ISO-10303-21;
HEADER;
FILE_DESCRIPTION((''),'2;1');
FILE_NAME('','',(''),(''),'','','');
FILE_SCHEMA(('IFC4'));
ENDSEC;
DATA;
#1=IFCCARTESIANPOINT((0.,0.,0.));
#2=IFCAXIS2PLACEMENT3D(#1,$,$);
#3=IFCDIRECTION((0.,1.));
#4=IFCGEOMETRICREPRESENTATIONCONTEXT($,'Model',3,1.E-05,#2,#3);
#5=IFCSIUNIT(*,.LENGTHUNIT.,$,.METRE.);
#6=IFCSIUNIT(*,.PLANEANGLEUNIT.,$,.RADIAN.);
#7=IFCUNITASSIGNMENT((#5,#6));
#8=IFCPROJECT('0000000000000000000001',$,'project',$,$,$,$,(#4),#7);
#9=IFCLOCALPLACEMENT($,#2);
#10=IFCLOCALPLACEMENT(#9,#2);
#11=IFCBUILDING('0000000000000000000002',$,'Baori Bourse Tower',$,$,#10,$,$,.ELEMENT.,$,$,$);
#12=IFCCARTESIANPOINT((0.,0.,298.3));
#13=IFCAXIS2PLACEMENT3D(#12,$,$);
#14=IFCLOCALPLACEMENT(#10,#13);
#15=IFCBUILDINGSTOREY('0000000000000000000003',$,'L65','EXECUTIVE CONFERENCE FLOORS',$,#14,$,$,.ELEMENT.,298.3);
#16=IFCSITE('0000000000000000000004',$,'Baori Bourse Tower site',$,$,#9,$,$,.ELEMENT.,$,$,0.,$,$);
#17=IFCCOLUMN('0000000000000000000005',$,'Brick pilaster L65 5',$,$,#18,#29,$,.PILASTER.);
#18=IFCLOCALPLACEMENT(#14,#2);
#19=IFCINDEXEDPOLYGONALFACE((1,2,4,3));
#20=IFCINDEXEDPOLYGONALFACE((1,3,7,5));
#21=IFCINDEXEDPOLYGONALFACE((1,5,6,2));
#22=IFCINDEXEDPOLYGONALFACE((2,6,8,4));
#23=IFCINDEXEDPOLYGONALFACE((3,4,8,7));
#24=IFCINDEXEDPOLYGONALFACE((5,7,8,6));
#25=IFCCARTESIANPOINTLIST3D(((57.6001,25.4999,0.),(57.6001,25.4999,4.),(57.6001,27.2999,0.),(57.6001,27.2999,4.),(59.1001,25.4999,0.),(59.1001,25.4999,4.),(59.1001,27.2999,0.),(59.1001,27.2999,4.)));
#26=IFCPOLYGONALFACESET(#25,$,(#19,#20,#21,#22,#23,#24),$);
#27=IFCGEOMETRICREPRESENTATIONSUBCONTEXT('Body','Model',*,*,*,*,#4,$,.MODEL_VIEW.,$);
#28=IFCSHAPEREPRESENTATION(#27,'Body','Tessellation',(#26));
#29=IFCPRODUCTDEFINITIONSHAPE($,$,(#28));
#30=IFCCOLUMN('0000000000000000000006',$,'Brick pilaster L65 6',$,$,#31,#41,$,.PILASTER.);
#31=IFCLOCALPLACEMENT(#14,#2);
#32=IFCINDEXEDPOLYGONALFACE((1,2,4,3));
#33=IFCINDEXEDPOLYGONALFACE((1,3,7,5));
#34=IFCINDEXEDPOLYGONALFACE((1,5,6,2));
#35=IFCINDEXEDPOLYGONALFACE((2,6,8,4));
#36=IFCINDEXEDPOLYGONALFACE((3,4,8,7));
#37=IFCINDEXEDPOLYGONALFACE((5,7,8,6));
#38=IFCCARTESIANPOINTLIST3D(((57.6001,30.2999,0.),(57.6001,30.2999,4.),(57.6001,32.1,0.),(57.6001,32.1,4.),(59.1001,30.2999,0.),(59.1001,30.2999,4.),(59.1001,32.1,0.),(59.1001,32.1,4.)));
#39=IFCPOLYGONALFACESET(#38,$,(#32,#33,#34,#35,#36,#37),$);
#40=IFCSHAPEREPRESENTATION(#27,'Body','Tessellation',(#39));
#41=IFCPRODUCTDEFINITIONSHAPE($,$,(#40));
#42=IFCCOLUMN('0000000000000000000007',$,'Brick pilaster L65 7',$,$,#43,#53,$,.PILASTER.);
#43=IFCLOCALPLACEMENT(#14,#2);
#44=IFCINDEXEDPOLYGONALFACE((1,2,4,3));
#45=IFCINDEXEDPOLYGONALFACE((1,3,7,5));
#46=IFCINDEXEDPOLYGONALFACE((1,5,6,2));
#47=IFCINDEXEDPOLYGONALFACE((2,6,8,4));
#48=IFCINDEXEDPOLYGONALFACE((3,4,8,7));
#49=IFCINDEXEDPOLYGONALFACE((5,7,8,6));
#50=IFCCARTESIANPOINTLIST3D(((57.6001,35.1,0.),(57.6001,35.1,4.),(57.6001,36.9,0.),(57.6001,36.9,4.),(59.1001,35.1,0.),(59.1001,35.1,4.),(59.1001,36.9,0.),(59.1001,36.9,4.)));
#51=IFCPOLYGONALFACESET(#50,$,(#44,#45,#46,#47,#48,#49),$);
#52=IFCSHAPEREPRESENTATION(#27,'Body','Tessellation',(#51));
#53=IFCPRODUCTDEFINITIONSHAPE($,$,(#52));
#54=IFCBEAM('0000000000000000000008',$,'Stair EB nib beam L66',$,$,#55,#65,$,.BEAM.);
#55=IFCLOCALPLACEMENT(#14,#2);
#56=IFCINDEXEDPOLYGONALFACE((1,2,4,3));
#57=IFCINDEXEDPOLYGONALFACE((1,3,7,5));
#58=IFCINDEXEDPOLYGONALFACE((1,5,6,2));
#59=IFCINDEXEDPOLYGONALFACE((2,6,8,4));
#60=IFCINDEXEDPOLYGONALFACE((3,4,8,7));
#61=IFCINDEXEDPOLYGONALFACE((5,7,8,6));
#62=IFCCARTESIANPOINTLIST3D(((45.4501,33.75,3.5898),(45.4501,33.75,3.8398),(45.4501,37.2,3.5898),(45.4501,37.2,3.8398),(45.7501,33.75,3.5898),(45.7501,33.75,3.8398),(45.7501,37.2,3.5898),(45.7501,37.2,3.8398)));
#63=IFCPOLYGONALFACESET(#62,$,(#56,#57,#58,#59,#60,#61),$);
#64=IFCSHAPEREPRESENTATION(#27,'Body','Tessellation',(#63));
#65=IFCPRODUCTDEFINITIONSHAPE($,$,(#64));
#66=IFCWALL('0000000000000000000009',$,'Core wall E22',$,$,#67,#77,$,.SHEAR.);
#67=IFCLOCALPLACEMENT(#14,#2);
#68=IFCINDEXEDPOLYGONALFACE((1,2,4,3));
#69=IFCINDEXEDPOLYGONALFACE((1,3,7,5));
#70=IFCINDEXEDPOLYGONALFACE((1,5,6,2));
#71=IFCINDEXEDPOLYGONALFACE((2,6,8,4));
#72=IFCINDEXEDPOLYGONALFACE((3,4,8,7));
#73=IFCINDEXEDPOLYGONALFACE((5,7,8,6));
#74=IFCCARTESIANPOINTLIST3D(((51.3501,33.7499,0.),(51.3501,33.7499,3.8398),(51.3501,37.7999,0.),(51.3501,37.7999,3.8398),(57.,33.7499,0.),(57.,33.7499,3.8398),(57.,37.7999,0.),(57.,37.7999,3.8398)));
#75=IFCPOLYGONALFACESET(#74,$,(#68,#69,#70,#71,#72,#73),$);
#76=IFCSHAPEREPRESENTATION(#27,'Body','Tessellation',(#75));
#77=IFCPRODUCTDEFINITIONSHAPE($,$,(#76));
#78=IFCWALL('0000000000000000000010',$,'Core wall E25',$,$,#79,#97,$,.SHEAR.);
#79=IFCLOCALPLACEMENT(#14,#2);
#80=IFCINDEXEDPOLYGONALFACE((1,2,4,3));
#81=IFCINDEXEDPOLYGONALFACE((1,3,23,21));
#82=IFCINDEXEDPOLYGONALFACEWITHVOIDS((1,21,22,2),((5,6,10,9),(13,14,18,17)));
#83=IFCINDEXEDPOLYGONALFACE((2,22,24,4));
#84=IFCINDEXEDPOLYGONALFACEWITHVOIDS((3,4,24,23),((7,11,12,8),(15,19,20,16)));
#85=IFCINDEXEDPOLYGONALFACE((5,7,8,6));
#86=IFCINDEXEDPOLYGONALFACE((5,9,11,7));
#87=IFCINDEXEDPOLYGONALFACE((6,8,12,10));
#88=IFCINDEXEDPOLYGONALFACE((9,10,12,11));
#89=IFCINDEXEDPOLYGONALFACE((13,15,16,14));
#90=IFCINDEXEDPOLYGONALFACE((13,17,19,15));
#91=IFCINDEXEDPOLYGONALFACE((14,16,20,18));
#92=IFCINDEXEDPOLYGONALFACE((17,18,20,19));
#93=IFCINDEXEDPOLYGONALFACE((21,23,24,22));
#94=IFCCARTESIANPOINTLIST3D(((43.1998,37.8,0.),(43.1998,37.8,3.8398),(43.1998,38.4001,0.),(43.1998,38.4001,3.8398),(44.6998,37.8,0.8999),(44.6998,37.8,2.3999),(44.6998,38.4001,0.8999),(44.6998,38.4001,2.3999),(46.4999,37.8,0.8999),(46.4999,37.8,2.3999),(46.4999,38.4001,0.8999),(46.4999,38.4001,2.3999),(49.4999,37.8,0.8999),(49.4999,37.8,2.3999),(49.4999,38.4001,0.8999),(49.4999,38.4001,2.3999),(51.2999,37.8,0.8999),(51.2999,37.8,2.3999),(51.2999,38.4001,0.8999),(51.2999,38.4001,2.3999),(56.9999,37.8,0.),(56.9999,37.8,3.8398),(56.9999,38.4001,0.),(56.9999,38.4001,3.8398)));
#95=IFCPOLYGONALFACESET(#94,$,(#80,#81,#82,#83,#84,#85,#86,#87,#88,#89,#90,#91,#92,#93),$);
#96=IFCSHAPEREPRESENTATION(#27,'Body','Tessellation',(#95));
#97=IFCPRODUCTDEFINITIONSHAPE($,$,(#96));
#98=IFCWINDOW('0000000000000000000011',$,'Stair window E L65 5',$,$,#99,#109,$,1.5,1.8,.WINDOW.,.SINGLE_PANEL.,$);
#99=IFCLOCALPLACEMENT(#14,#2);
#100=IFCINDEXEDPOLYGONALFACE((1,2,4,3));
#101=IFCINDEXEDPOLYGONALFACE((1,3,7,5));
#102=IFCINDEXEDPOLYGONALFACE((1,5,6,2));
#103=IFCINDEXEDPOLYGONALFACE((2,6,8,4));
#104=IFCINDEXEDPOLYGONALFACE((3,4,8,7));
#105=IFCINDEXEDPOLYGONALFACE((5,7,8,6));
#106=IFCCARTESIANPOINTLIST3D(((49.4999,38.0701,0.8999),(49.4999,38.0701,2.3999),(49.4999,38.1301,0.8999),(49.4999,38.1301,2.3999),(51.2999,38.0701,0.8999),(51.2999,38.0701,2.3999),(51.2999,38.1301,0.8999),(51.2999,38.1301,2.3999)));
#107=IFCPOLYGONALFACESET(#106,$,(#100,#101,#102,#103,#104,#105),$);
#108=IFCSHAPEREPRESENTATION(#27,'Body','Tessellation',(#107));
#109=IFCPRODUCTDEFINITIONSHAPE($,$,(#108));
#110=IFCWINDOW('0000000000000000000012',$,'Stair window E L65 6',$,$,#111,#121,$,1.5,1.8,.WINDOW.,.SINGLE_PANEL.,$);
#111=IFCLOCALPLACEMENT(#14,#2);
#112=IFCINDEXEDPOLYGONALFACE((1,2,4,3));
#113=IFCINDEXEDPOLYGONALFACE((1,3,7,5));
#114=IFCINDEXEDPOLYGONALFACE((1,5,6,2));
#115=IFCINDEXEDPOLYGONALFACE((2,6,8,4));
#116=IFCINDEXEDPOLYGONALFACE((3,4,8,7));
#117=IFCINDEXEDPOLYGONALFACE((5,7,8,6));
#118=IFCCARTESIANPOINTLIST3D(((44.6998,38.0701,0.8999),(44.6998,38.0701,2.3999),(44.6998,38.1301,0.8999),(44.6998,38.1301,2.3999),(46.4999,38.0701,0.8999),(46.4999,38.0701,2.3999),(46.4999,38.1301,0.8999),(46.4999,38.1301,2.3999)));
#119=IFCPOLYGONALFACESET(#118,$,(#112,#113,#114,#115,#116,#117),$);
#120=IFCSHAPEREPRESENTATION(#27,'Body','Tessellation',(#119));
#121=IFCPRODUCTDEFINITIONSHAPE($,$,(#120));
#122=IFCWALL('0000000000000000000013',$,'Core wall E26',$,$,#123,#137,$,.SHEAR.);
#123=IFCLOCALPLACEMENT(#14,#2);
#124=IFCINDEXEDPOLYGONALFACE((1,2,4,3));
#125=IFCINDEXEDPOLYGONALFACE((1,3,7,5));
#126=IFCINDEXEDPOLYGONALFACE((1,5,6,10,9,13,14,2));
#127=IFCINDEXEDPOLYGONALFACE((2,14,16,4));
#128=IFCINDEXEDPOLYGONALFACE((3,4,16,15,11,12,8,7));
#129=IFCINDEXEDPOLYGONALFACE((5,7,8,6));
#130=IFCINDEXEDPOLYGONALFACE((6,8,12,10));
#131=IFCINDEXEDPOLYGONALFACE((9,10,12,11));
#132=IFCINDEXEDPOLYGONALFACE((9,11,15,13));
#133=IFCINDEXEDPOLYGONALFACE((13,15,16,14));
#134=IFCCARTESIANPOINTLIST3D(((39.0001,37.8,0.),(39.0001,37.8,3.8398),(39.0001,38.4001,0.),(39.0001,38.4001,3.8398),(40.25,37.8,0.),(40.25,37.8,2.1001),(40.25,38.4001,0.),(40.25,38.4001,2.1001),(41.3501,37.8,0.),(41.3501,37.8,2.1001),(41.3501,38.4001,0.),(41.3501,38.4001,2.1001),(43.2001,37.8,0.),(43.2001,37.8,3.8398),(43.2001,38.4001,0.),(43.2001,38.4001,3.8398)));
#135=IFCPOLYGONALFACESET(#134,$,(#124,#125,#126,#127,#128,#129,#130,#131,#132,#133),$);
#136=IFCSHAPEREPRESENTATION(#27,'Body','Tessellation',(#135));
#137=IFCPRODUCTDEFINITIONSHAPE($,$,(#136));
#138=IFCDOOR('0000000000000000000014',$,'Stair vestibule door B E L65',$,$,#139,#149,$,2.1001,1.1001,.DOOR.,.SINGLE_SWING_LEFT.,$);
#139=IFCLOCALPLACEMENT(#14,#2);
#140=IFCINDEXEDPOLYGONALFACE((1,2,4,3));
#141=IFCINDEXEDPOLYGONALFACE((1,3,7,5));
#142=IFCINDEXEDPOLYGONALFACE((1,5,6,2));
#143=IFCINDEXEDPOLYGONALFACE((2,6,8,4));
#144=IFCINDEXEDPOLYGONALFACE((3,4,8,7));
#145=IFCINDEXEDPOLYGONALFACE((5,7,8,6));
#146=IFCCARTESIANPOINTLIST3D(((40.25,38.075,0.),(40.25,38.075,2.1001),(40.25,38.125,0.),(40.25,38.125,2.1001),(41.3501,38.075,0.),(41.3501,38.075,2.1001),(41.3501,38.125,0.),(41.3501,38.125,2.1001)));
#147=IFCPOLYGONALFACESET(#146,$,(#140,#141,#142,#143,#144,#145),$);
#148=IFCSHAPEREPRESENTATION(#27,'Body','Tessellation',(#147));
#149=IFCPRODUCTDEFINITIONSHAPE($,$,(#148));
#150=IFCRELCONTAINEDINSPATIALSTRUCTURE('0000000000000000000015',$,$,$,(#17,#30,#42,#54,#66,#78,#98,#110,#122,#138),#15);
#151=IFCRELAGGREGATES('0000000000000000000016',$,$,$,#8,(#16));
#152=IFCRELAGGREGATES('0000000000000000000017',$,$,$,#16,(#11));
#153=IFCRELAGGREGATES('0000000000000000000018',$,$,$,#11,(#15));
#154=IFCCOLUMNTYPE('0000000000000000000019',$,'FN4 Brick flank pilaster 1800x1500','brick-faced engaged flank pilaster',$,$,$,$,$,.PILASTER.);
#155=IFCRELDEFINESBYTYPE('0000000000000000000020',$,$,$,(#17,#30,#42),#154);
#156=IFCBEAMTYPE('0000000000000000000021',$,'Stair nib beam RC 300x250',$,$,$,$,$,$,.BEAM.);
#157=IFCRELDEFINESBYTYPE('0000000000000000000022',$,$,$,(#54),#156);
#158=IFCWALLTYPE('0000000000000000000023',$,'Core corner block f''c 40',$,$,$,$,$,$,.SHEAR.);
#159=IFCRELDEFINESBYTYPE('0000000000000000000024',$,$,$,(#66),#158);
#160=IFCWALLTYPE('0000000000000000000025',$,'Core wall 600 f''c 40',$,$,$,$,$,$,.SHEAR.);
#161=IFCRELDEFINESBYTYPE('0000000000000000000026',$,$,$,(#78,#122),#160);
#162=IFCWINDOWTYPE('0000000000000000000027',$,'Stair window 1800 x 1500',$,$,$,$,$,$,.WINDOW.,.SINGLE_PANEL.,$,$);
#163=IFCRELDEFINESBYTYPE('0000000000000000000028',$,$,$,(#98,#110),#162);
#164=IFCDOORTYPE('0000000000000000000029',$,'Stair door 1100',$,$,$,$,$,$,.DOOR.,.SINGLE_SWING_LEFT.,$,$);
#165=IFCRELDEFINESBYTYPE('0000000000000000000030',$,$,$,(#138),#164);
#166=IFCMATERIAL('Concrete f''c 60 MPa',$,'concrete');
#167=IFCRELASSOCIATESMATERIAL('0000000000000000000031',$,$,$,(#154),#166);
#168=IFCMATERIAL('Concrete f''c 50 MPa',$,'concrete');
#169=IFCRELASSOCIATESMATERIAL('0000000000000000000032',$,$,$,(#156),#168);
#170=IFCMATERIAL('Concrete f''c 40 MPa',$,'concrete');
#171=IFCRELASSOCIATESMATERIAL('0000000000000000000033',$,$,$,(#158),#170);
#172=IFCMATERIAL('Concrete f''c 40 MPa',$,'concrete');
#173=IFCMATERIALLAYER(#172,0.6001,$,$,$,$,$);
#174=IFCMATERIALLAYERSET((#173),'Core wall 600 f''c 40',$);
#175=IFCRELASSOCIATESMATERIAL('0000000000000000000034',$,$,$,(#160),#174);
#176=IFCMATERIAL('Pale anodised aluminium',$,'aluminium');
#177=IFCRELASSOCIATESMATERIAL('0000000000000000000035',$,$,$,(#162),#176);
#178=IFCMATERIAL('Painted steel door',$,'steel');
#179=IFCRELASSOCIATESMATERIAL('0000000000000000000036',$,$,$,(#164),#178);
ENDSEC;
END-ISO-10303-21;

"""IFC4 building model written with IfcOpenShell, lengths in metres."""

from ifc_helpers import new_model, si_unit, direction, frame, frame_2d, origin, origin_2d, place, context, subcontext, project, spatial, rectangle, extrude, material, layer, layer_set, material_profile, profile_set, type_object, element, fill, save


model = new_model("IFC4")

# Units and contexts
model_context = context("Model", 3, precision=1e-05, world=origin(), true_north=direction((0.0, 1.0)))
body_context = subcontext(model_context, "Body", "Model", "MODEL_VIEW")
ifc_project = project(units=[si_unit("LENGTHUNIT", "METRE"), si_unit("PLANEANGLEUNIT", "RADIAN")], contexts=[model_context])

# Site, building, storey
site_placement = place(None, origin())
site = spatial("IfcSite", under=ifc_project, at=site_placement, Name="Baori Bourse Tower site", CompositionType="ELEMENT", RefElevation=0.0)
building_placement = place(site_placement, origin())
building = spatial("IfcBuilding", under=site, at=building_placement, Name="Baori Bourse Tower", CompositionType="ELEMENT")
storey_placement = place(building_placement, frame((0.0, 0.0, 298.3)))
storey = spatial("IfcBuildingStorey", under=building, at=storey_placement, Name="L65", Description="EXECUTIVE CONFERENCE FLOORS", CompositionType="ELEMENT", Elevation=298.3)

# Columns
ifc_material_1 = material(Name="Concrete f'c 60 MPa", Category="concrete")
ifc_material_profile_1 = material_profile(ifc_material_1, rectangle(XDim=1.8, YDim=1.5, at=origin_2d()), Name="RC 1800x1500")
ifc_profile_set_1 = profile_set([ifc_material_profile_1], Name="Concrete f'c 60 MPa")
column_type = type_object("IfcColumnType", Name="FN4 Brick flank pilaster 1800x1500", Description="brick-faced engaged flank pilaster", PredefinedType="PILASTER", material=ifc_profile_set_1)
for number, where, z_axis, x_axis, name in (
    (1, (58.3501, 26.3999, 0.0), (0.0, 0.0, 1.0), (0.0, 1.0, 0.0), "Brick pilaster L65 5"),
    (2, (58.3501, 31.2, 0.0), (0.0, 0.0, 1.0), (0.0, 1.0, 0.0), "Brick pilaster L65 6"),
    (3, (58.3501, 36.0, 0.0), (0.0, 0.0, 1.0), (0.0, 1.0, 0.0), "Brick pilaster L65 7"),
):
    element("IfcColumn", number, at=place(storey_placement, frame(where, z_axis=z_axis, x_axis=x_axis)), inside=storey, type_object=column_type, Name=name, PredefinedType="PILASTER", context=body_context, shape_type="SweptSolid", body=[
        extrude(rectangle(XDim=1.8, YDim=1.5, at=origin_2d()), origin(), (0.0, 0.0, 1.0), 4.0),
    ])

# Beam
ifc_material_2 = material(Name="Concrete f'c 50 MPa", Category="concrete")
ifc_material_profile_2 = material_profile(ifc_material_2, rectangle(XDim=0.3, YDim=0.25, at=origin_2d()), Name="RC 300x250")
ifc_profile_set_2 = profile_set([ifc_material_profile_2], Name="Concrete f'c 50 MPa")
beam_type = type_object("IfcBeamType", Name="Stair nib beam RC 300x250", PredefinedType="BEAM", material=ifc_profile_set_2)
beam_placement = place(storey_placement, frame((45.6001, 33.75, 3.7148), z_axis=(0.0, 1.0, 0.0), x_axis=(-1.0, 0.0, 0.0)))
element("IfcBeam", 4, at=beam_placement, inside=storey, type_object=beam_type, Name="Stair EB nib beam L66", PredefinedType="BEAM", context=body_context, shape_type="SweptSolid", body=[
    extrude(rectangle(XDim=0.3, YDim=0.25, at=origin_2d()), origin(), (0.0, 0.0, 1.0), 3.45),
])

# Wall
ifc_material_3 = material(Name="Concrete f'c 40 MPa", Category="concrete")
wall_type_1 = type_object("IfcWallType", Name="Core corner block f'c 40", PredefinedType="SHEAR", material=ifc_material_3)
wall_1_placement = place(storey_placement, frame((51.3501, 35.7749, 0.0), z_axis=(0.0, 0.0, 1.0), x_axis=(1.0, 0.0, 0.0)))
element("IfcWall", 5, at=wall_1_placement, inside=storey, type_object=wall_type_1, Name="Core wall E22", PredefinedType="SHEAR", context=body_context, shape_type="SweptSolid", body=[
    extrude(rectangle(XDim=5.6499, YDim=4.05, at=frame_2d((2.825, 0.0))), origin(), (0.0, 0.0, 1.0), 3.8398),
])

# Wall, openings, windows
ifc_material_4 = material(Name="Concrete f'c 40 MPa", Category="concrete")
ifc_layer_1 = layer(ifc_material_4, 0.6001)
ifc_layer_set_1 = layer_set([ifc_layer_1], Name="Core wall 600 f'c 40")
wall_type_2 = type_object("IfcWallType", Name="Core wall 600 f'c 40", PredefinedType="SHEAR", material=ifc_layer_set_1)
wall_2_placement = place(storey_placement, frame((43.2, 38.1001, 0.0), z_axis=(0.0, 0.0, 1.0), x_axis=(1.0, 0.0, 0.0)))
wall_2 = element("IfcWall", 6, at=wall_2_placement, inside=storey, type_object=wall_type_2, Name="Core wall E25", PredefinedType="SHEAR", context=body_context, shape_type="SweptSolid", body=[
    extrude(rectangle(XDim=13.8, YDim=0.6001, at=frame_2d((6.8999, 0.0))), origin(), (0.0, 0.0, 1.0), 3.8398),
])
opening_1_placement = place(wall_2_placement, frame((6.3, 0.0, 0.8999)))
opening_1 = element("IfcOpeningElement", 7, at=opening_1_placement, cuts=wall_2, PredefinedType="OPENING", context=body_context, shape_type="SweptSolid", body=[
    extrude(rectangle(XDim=1.8, YDim=1.5, at=frame_2d((0.8999, 0.75))), frame((0.0, 0.3101, 0.0), z_axis=(0.0, -1.0, 0.0), x_axis=(1.0, 0.0, 0.0)), (0.0, 0.0, 1.0), 0.6201),
])
opening_2_placement = place(wall_2_placement, frame((1.5, 0.0, 0.8999)))
opening_2 = element("IfcOpeningElement", 8, at=opening_2_placement, cuts=wall_2, PredefinedType="OPENING", context=body_context, shape_type="SweptSolid", body=[
    extrude(rectangle(XDim=1.8, YDim=1.5, at=frame_2d((0.8999, 0.75))), frame((0.0, 0.3101, 0.0), z_axis=(0.0, -1.0, 0.0), x_axis=(1.0, 0.0, 0.0)), (0.0, 0.0, 1.0), 0.6201),
])
ifc_material_5 = material(Name="Pale anodised aluminium", Category="aluminium")
window_type = type_object("IfcWindowType", Name="Stair window 1800 x 1500", PartitioningType="SINGLE_PANEL", PredefinedType="WINDOW", material=ifc_material_5)
window_1_placement = place(opening_1_placement, origin())
window_1 = element("IfcWindow", 9, at=window_1_placement, inside=storey, type_object=window_type, Name="Stair window E L65 5", OverallHeight=1.5, OverallWidth=1.8, PartitioningType="SINGLE_PANEL", PredefinedType="WINDOW", context=body_context, shape_type="SweptSolid", body=[
    extrude(rectangle(XDim=1.8, YDim=1.5, at=frame_2d((0.8999, 0.75))), frame((0.0, 0.03, 0.0), z_axis=(0.0, -1.0, 0.0), x_axis=(1.0, 0.0, 0.0)), (0.0, 0.0, 1.0), 0.0601),
])
fill(opening_1, window_1)
window_2_placement = place(opening_2_placement, origin())
window_2 = element("IfcWindow", 10, at=window_2_placement, inside=storey, type_object=window_type, Name="Stair window E L65 6", OverallHeight=1.5, OverallWidth=1.8, PartitioningType="SINGLE_PANEL", PredefinedType="WINDOW", context=body_context, shape_type="SweptSolid", body=[
    extrude(rectangle(XDim=1.8, YDim=1.5, at=frame_2d((0.8999, 0.75))), frame((0.0, 0.03, 0.0), z_axis=(0.0, -1.0, 0.0), x_axis=(1.0, 0.0, 0.0)), (0.0, 0.0, 1.0), 0.0601),
])
fill(opening_2, window_2)

# Wall, opening, door
wall_3_placement = place(storey_placement, frame((39.0, 38.1001, 0.0), z_axis=(0.0, 0.0, 1.0), x_axis=(1.0, 0.0, 0.0)))
wall_3 = element("IfcWall", 11, at=wall_3_placement, inside=storey, type_object=wall_type_2, Name="Core wall E26", PredefinedType="SHEAR", context=body_context, shape_type="SweptSolid", body=[
    extrude(rectangle(XDim=4.2, YDim=0.6001, at=frame_2d((2.1001, 0.0))), origin(), (0.0, 0.0, 1.0), 3.8398),
])
opening_3_placement = place(wall_3_placement, frame((1.25, 0.0, 0.0)))
opening_3 = element("IfcOpeningElement", 12, at=opening_3_placement, cuts=wall_3, PredefinedType="OPENING", context=body_context, shape_type="SweptSolid", body=[
    extrude(rectangle(XDim=1.1001, YDim=2.1001, at=frame_2d((0.55, 1.05))), frame((0.0, 0.3101, 0.0), z_axis=(0.0, -1.0, 0.0), x_axis=(1.0, 0.0, 0.0)), (0.0, 0.0, 1.0), 0.6201),
])
ifc_material_6 = material(Name="Painted steel door", Category="steel")
door_type_1 = type_object("IfcDoorType", Name="Stair door 1100", OperationType="SINGLE_SWING_LEFT", PredefinedType="DOOR", material=ifc_material_6)
door_1_placement = place(opening_3_placement, origin())
door_1 = element("IfcDoor", 13, at=door_1_placement, inside=storey, type_object=door_type_1, Name="Stair vestibule door B E L65", OperationType="SINGLE_SWING_LEFT", OverallHeight=2.1001, OverallWidth=1.1001, PredefinedType="DOOR", context=body_context, shape_type="SweptSolid", body=[
    extrude(rectangle(XDim=1.1001, YDim=2.1001, at=frame_2d((0.55, 1.05))), frame((0.0, 0.0249, 0.0), z_axis=(0.0, -1.0, 0.0), x_axis=(1.0, 0.0, 0.0)), (0.0, 0.0, 1.0), 0.05),
])
fill(opening_3, door_1)

save(model, "model.ifc")
